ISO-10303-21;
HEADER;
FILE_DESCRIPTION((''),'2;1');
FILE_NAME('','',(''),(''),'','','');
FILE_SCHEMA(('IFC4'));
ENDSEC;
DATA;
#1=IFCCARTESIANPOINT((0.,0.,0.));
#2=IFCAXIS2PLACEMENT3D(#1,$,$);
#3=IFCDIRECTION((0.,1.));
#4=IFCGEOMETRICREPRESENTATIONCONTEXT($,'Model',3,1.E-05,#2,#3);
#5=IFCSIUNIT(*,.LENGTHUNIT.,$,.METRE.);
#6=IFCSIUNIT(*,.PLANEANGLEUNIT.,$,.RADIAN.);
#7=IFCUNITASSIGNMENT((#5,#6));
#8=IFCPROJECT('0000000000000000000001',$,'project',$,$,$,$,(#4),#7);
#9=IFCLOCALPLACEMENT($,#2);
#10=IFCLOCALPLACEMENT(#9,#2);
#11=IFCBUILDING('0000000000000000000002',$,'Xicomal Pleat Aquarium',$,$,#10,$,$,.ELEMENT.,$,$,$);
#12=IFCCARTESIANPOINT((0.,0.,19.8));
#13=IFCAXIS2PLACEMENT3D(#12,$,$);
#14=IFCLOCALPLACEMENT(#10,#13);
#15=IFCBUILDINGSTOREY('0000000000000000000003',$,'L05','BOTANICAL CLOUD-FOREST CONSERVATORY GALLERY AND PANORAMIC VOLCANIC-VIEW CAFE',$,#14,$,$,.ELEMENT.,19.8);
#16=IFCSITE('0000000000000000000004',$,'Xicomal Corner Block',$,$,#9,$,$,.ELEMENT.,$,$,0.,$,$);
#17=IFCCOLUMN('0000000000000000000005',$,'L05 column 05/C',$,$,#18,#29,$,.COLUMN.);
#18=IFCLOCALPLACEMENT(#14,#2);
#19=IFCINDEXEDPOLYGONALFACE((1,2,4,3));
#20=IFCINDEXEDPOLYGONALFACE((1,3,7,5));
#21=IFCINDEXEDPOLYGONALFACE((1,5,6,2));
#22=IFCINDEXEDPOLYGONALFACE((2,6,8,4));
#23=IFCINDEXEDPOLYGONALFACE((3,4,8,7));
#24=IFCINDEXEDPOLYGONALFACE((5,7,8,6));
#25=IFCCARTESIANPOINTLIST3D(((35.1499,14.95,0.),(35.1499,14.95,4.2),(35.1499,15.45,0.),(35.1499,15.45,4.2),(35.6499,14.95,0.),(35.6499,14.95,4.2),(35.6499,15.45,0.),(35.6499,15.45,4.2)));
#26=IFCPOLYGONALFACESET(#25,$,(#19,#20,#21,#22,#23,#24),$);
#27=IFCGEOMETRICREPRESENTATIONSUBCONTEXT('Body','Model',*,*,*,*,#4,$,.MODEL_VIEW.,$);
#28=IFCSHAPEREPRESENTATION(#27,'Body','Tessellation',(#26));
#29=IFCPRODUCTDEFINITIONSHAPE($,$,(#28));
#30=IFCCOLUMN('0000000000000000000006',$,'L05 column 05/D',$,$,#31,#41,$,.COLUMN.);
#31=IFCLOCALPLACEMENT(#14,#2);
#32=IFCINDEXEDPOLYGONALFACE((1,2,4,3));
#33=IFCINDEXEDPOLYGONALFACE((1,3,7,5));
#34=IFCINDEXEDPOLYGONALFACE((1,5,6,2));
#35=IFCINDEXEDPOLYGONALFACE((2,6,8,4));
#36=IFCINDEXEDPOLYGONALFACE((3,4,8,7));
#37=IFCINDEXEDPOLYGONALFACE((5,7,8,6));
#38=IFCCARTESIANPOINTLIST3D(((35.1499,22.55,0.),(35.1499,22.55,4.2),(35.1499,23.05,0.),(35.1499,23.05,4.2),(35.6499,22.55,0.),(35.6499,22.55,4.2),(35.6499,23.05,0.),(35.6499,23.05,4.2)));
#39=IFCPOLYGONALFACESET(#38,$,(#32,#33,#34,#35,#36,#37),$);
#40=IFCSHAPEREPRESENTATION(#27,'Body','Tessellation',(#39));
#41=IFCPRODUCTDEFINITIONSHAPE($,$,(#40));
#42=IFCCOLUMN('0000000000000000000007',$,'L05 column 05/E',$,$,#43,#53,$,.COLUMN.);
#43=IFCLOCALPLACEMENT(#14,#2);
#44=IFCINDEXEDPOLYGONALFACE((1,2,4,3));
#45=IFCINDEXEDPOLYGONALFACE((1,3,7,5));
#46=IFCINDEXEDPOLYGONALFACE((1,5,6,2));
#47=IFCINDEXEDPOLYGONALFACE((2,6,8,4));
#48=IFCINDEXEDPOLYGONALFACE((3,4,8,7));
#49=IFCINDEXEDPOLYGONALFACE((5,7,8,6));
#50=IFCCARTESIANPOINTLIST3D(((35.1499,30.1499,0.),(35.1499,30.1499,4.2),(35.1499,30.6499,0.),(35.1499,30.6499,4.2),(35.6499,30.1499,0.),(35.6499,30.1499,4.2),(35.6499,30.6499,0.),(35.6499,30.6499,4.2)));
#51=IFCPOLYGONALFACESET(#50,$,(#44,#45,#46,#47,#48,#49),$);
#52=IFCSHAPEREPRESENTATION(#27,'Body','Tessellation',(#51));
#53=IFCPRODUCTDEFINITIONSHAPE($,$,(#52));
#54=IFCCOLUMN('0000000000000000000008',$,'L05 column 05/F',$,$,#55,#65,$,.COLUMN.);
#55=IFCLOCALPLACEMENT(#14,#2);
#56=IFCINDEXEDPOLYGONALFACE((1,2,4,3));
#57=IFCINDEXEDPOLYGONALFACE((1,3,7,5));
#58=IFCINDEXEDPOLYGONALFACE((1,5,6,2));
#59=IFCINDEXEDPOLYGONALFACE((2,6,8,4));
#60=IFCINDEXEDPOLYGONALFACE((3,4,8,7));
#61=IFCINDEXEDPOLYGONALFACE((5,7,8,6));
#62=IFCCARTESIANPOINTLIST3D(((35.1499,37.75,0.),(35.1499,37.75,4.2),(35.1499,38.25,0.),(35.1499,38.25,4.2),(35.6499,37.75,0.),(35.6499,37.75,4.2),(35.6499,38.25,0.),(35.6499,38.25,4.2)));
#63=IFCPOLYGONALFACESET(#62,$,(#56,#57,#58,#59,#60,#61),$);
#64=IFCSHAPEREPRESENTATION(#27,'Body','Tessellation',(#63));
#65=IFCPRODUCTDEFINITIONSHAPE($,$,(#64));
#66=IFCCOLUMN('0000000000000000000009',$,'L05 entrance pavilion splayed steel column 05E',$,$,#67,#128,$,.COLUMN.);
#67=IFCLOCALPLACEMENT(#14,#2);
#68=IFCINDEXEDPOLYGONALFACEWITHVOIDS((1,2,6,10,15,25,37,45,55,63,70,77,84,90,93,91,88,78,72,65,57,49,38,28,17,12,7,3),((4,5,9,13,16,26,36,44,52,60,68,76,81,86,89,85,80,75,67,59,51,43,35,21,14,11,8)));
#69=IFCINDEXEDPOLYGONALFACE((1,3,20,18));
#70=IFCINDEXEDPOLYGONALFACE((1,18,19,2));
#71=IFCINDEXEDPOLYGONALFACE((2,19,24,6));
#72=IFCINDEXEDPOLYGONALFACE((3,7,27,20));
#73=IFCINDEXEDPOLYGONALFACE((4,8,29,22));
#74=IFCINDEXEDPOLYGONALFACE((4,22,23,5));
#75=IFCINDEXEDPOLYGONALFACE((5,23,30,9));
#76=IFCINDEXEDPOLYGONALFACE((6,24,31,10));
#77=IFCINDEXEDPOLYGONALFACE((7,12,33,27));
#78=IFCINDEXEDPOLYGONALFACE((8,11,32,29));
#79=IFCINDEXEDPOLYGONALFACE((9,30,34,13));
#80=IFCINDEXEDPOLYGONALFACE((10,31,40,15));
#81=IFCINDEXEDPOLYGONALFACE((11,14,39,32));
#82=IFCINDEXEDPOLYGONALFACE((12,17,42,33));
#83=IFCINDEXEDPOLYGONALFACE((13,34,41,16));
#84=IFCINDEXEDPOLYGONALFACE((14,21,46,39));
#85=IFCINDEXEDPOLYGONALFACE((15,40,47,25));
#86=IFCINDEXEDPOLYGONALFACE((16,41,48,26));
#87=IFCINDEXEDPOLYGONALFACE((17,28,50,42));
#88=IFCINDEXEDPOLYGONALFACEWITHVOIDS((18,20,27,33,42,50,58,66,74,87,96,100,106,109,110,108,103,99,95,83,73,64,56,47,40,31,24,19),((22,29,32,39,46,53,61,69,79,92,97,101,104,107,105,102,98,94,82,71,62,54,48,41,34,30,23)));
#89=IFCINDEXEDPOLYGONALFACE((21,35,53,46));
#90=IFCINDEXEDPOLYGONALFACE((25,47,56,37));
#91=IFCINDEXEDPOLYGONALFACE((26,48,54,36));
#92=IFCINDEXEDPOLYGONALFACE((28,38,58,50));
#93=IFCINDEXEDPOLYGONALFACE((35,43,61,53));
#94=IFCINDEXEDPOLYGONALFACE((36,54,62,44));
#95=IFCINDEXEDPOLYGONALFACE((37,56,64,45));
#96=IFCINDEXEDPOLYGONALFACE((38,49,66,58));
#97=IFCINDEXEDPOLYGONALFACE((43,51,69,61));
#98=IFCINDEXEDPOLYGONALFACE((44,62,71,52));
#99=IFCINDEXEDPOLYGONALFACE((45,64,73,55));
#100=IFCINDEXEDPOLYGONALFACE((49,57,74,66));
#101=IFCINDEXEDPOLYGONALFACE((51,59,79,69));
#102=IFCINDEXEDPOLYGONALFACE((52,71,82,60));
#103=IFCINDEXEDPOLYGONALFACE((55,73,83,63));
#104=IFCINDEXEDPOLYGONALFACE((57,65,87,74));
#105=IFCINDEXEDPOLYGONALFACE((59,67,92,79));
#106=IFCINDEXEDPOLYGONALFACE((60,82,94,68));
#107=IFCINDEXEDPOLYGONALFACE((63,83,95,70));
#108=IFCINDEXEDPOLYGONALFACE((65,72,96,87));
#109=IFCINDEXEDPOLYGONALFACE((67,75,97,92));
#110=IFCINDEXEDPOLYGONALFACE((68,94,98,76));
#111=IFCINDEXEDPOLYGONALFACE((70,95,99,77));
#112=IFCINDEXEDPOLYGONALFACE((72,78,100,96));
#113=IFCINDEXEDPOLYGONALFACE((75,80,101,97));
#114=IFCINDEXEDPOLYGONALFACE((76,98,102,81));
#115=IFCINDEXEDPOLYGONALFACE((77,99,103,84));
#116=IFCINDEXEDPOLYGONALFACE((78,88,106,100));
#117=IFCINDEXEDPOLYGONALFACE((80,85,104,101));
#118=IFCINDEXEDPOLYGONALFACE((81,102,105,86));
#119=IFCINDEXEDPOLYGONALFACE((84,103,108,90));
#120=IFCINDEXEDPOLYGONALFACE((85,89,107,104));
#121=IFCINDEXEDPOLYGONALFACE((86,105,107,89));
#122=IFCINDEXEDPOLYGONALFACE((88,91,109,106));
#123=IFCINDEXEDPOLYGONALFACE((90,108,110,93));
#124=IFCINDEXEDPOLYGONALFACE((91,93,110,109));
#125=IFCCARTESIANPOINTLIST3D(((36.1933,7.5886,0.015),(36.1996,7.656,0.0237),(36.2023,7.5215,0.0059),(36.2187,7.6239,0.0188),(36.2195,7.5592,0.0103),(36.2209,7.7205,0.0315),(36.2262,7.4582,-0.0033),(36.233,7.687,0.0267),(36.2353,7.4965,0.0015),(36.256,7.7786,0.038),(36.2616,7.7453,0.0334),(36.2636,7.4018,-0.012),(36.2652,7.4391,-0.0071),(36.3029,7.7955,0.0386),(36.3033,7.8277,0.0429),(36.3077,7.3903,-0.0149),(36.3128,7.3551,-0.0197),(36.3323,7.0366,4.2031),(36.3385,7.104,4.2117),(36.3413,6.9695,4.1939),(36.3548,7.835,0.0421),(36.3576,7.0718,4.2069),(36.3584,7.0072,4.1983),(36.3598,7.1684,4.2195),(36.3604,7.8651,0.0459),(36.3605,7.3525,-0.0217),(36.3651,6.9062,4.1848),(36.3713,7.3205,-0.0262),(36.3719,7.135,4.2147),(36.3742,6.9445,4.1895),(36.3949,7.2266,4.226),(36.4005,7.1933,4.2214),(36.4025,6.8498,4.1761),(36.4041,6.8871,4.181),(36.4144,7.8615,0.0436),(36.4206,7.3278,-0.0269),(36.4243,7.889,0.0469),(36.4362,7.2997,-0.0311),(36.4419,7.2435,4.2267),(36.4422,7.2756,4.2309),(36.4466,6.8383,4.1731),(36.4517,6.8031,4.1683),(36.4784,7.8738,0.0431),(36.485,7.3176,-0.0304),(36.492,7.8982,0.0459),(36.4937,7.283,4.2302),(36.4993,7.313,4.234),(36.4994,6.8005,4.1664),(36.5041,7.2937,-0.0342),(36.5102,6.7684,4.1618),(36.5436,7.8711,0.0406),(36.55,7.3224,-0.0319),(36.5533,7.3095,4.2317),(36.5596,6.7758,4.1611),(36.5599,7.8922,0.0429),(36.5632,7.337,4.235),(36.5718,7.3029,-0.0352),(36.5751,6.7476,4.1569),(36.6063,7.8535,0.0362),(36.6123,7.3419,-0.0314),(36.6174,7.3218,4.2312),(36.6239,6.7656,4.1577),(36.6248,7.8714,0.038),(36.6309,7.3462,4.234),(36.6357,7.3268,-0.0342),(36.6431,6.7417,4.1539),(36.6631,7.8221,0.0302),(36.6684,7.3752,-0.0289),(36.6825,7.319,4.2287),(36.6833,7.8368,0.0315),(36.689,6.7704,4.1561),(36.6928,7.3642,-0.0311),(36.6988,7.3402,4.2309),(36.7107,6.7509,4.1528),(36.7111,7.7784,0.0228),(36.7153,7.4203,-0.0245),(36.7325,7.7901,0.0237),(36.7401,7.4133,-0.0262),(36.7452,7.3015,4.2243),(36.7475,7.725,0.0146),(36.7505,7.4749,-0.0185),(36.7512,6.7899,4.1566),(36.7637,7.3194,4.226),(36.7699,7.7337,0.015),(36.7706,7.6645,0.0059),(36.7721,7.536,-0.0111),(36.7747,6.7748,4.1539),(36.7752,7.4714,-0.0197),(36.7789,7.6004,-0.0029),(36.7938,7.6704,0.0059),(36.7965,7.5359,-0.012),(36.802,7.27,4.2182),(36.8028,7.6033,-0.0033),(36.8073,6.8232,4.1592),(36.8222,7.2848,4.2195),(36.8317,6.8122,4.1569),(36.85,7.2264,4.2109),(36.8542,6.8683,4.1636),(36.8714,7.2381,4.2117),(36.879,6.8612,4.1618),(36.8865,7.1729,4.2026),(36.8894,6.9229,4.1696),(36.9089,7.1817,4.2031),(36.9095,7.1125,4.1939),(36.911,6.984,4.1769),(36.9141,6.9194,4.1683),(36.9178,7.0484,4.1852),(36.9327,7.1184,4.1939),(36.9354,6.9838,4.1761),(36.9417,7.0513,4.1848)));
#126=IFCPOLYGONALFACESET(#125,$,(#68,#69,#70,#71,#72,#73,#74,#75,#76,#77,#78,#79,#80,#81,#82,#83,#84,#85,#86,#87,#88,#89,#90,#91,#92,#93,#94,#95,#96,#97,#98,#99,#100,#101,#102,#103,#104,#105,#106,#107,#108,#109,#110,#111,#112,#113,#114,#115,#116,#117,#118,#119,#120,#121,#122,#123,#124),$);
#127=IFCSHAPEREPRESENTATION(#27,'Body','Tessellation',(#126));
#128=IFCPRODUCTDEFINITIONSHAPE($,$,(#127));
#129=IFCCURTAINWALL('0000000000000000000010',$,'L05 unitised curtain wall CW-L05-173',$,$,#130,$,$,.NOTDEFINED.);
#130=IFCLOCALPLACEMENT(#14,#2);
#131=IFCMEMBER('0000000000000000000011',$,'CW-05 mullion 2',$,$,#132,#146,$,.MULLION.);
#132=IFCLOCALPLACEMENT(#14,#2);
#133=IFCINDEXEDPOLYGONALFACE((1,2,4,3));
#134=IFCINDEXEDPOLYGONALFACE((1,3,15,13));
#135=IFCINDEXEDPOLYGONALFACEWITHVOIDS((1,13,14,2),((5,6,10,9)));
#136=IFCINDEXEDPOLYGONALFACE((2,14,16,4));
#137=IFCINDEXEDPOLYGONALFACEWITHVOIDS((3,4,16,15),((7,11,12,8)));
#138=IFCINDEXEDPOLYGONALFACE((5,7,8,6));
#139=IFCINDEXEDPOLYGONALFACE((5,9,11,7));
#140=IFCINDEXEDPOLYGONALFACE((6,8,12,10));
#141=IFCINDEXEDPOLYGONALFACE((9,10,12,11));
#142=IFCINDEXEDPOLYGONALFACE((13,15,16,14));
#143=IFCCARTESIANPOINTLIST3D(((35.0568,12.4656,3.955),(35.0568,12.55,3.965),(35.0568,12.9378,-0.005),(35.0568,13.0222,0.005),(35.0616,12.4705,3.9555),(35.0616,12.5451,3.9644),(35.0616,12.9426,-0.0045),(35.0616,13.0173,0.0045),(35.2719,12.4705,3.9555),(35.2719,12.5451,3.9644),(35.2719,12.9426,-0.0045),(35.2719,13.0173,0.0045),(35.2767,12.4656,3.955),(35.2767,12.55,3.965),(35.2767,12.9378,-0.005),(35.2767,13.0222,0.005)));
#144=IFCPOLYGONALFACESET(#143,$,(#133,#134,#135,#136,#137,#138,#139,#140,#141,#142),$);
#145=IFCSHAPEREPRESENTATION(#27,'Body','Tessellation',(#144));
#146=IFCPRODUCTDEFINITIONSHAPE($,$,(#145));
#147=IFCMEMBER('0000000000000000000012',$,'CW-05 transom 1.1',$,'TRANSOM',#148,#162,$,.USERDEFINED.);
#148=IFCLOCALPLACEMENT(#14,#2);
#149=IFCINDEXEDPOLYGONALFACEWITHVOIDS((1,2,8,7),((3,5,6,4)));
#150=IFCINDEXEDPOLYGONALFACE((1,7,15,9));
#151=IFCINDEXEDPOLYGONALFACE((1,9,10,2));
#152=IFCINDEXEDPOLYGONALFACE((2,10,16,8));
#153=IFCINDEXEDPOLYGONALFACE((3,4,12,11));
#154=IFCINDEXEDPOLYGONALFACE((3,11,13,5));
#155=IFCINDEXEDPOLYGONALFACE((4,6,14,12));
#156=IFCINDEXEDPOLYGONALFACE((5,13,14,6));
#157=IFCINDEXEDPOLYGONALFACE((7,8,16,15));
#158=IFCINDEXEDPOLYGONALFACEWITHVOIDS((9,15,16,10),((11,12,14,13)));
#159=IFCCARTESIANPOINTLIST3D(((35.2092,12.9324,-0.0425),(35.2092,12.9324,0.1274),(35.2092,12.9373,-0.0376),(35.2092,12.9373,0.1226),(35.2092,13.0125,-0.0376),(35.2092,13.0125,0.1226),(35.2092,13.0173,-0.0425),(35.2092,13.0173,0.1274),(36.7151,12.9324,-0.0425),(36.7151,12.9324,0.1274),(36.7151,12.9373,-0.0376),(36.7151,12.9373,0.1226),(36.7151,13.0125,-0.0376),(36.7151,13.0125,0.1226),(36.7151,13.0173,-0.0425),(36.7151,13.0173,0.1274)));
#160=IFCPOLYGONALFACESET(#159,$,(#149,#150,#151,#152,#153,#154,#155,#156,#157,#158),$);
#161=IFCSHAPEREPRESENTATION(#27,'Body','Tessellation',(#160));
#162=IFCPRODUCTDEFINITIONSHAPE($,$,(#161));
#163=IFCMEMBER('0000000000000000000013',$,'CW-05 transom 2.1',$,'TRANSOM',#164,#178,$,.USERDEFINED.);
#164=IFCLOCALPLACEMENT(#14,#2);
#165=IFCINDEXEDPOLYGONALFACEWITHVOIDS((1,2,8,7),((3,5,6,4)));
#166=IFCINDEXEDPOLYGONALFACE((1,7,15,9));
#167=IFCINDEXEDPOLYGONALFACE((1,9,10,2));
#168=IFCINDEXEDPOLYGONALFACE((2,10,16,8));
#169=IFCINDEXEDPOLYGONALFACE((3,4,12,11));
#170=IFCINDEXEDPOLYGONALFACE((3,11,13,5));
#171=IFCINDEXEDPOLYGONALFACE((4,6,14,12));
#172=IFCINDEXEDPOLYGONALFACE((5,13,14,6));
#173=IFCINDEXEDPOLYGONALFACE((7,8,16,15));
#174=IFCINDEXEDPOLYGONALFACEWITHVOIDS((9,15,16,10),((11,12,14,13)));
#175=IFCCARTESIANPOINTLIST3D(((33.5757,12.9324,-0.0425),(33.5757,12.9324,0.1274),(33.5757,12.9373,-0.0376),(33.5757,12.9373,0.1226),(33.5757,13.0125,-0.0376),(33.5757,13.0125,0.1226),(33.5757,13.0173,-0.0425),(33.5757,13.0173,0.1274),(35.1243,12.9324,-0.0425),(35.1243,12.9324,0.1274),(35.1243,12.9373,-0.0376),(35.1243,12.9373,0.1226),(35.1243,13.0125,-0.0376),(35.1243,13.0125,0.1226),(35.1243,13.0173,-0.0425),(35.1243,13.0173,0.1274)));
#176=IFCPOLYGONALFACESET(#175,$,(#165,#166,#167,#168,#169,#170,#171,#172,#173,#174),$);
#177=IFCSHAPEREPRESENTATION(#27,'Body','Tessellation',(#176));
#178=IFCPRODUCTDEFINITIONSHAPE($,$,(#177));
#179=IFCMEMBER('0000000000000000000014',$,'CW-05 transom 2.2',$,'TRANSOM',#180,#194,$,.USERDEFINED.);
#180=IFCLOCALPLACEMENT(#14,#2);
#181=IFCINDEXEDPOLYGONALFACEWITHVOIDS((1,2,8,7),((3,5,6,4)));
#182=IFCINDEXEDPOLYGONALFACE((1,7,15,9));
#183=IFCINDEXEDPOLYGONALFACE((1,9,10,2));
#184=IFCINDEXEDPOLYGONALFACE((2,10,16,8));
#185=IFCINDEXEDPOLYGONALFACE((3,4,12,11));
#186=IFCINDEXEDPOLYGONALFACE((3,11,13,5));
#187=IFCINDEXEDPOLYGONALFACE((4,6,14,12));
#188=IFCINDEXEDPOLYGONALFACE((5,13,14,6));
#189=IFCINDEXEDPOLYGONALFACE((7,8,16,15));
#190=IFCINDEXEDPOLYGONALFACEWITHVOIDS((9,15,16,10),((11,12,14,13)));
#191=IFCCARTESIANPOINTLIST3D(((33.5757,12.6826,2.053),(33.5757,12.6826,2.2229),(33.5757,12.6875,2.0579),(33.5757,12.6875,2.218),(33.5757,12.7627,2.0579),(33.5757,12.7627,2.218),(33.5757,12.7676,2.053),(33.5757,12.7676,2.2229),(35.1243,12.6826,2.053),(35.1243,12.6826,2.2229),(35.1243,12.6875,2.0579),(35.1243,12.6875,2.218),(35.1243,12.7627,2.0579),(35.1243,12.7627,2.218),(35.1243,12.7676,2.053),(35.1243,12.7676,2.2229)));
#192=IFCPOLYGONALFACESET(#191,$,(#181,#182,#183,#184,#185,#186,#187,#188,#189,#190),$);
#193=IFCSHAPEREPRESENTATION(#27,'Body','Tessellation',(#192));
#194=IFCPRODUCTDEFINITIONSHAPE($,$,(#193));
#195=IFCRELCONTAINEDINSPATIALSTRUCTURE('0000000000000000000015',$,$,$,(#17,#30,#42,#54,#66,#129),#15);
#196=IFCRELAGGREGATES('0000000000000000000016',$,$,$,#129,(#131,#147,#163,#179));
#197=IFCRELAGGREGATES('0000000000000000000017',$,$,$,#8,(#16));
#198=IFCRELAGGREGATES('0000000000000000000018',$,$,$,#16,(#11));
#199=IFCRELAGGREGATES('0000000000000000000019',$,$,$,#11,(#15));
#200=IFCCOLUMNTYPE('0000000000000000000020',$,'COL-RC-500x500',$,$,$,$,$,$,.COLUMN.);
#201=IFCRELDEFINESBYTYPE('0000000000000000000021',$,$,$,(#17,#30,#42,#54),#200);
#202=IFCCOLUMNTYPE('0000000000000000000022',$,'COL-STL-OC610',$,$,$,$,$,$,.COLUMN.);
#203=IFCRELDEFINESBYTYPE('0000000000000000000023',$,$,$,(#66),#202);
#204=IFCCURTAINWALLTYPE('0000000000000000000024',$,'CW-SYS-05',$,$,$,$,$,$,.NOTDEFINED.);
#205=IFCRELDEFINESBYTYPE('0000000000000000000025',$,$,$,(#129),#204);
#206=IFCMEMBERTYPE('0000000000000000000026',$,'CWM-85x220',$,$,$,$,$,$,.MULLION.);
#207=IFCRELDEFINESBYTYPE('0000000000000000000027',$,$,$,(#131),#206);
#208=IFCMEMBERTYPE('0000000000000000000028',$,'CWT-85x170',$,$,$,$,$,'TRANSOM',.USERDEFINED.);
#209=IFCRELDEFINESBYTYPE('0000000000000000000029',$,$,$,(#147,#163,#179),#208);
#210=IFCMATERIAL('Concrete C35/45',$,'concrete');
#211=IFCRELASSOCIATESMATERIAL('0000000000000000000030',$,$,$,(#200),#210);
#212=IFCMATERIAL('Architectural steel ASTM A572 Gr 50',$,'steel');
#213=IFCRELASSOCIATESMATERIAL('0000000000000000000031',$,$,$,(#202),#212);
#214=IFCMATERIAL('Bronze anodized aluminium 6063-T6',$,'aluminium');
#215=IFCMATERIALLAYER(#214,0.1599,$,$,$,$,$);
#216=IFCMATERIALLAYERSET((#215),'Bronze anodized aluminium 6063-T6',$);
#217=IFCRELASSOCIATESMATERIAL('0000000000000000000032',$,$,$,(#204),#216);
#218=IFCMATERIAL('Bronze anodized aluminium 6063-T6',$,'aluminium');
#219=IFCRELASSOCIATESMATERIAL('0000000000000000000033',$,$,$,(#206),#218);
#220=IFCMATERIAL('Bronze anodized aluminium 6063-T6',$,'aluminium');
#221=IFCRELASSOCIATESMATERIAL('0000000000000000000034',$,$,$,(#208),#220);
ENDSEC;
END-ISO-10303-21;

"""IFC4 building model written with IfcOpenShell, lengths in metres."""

from ifc_helpers import new_model, si_unit, direction, frame, origin, origin_2d, place, context, subcontext, project, spatial, rectangle, hollow_rectangle, hollow_circle, extrude, material, layer, layer_set, material_profile, profile_set, type_object, element, aggregate, save


model = new_model("IFC4")

# Units and contexts
model_context = context("Model", 3, precision=1e-05, world=origin(), true_north=direction((0.0, 1.0)))
body_context = subcontext(model_context, "Body", "Model", "MODEL_VIEW")
ifc_project = project(units=[si_unit("LENGTHUNIT", "METRE"), si_unit("PLANEANGLEUNIT", "RADIAN")], contexts=[model_context])

# Site, building, storey
site_placement = place(None, origin())
site = spatial("IfcSite", under=ifc_project, at=site_placement, Name="Xicomal Corner Block", CompositionType="ELEMENT", RefElevation=0.0)
building_placement = place(site_placement, origin())
building = spatial("IfcBuilding", under=site, at=building_placement, Name="Xicomal Pleat Aquarium", CompositionType="ELEMENT")
storey_placement = place(building_placement, frame((0.0, 0.0, 19.8)))
storey = spatial("IfcBuildingStorey", under=building, at=storey_placement, Name="L05", Description="BOTANICAL CLOUD-FOREST CONSERVATORY GALLERY AND PANORAMIC VOLCANIC-VIEW CAFE", CompositionType="ELEMENT", Elevation=19.8)

# Columns
ifc_material_1 = material(Name="Concrete C35/45", Category="concrete")
ifc_material_profile_1 = material_profile(ifc_material_1, rectangle(XDim=0.5, YDim=0.5, at=origin_2d()), Name="RC 500x500")
ifc_profile_set_1 = profile_set([ifc_material_profile_1], Name="Concrete C35/45")
column_type_1 = type_object("IfcColumnType", Name="COL-RC-500x500", PredefinedType="COLUMN", material=ifc_profile_set_1)
for number, where, z_axis, x_axis, name in (
    (1, (35.3999, 15.2, 0.0), (0.0, 0.0, 1.0), (1.0, 0.0, 0.0), "L05 column 05/C"),
    (2, (35.3999, 22.8, 0.0), (0.0, 0.0, 1.0), (1.0, 0.0, 0.0), "L05 column 05/D"),
    (3, (35.3999, 30.3999, 0.0), (0.0, 0.0, 1.0), (1.0, 0.0, 0.0), "L05 column 05/E"),
    (4, (35.3999, 38.0, 0.0), (0.0, 0.0, 1.0), (1.0, 0.0, 0.0), "L05 column 05/F"),
):
    element("IfcColumn", number, at=place(storey_placement, frame(where, z_axis=z_axis, x_axis=x_axis)), inside=storey, type_object=column_type_1, Name=name, PredefinedType="COLUMN", context=body_context, shape_type="SweptSolid", body=[
        extrude(rectangle(XDim=0.5, YDim=0.5, at=origin_2d()), origin(), (0.0, 0.0, 1.0), 4.2),
    ])
ifc_material_2 = material(Name="Architectural steel ASTM A572 Gr 50", Category="steel")
ifc_material_profile_2 = material_profile(ifc_material_2, hollow_circle(Radius=0.3049, WallThickness=0.0239, at=origin_2d()), Name="OC 610x24")
ifc_profile_set_2 = profile_set([ifc_material_profile_2], Name="Architectural steel ASTM A572 Gr 50")
column_type_2 = type_object("IfcColumnType", Name="COL-STL-OC610", PredefinedType="COLUMN", material=ifc_profile_set_2)
column_placement = place(storey_placement, frame((36.498, 7.5959, 0.0059), z_axis=(0.032868, -0.130605, 0.990889), x_axis=(0.969763, 0.244049, 0.0)))
element("IfcColumn", 5, at=column_placement, inside=storey, type_object=column_type_2, Name="L05 entrance pavilion splayed steel column 05E", PredefinedType="COLUMN", context=body_context, shape_type="SweptSolid", body=[
    extrude(hollow_circle(Radius=0.3049, WallThickness=0.0239, at=origin_2d()), origin(), (0.0, 0.0, 1.0), 4.2266),
])

# Curtain wall, members
ifc_material_3 = material(Name="Bronze anodized aluminium 6063-T6", Category="aluminium")
ifc_layer_1 = layer(ifc_material_3, 0.1599)
ifc_layer_set_1 = layer_set([ifc_layer_1], Name="Bronze anodized aluminium 6063-T6")
curtain_wall_type = type_object("IfcCurtainWallType", Name="CW-SYS-05", PredefinedType="NOTDEFINED", material=ifc_layer_set_1)
curtain_wall_placement = place(storey_placement, origin())
curtain_wall = element("IfcCurtainWall", 6, at=curtain_wall_placement, inside=storey, type_object=curtain_wall_type, Name="L05 unitised curtain wall CW-L05-173", PredefinedType="NOTDEFINED")
ifc_material_4 = material(Name="Bronze anodized aluminium 6063-T6", Category="aluminium")
ifc_material_profile_3 = material_profile(ifc_material_4, hollow_rectangle(XDim=0.085, YDim=0.22, WallThickness=0.0049, at=origin_2d()), Name="ALU MULL 85x220")
ifc_profile_set_3 = profile_set([ifc_material_profile_3], Name="Bronze anodized aluminium 6063-T6")
member_type_1 = type_object("IfcMemberType", Name="CWM-85x220", PredefinedType="MULLION", material=ifc_profile_set_3)
member_1_placement = place(storey_placement, frame((35.1667, 12.98, 0.0), z_axis=(0.0, -0.118397, 0.992966), x_axis=(0.0, -0.992966, -0.118397)))
member_1 = element("IfcMember", 7, at=member_1_placement, type_object=member_type_1, Name="CW-05 mullion 2", PredefinedType="MULLION", context=body_context, shape_type="SweptSolid", body=[
    extrude(hollow_rectangle(XDim=0.085, YDim=0.22, WallThickness=0.0049, at=origin_2d()), origin(), (0.0, 0.0, 1.0), 3.988),
])
ifc_material_5 = material(Name="Bronze anodized aluminium 6063-T6", Category="aluminium")
ifc_material_profile_4 = material_profile(ifc_material_5, hollow_rectangle(XDim=0.085, YDim=0.1699, WallThickness=0.0049, at=origin_2d()), Name="ALU TRAN 85x170")
ifc_profile_set_4 = profile_set([ifc_material_profile_4], Name="Bronze anodized aluminium 6063-T6")
member_type_2 = type_object("IfcMemberType", Name="CWT-85x170", ElementType="TRANSOM", PredefinedType="USERDEFINED", material=ifc_profile_set_4)
member_2_placement = place(storey_placement, frame((36.7151, 12.9749, 0.0425), z_axis=(-1.0, 0.0, 0.0), x_axis=(0.0, -1.0, 0.0)))
member_2 = element("IfcMember", 8, at=member_2_placement, type_object=member_type_2, Name="CW-05 transom 1.1", ObjectType="TRANSOM", PredefinedType="USERDEFINED", context=body_context, shape_type="SweptSolid", body=[
    extrude(hollow_rectangle(XDim=0.085, YDim=0.1699, WallThickness=0.0049, at=origin_2d()), origin(), (0.0, 0.0, 1.0), 1.5059),
])
member_3_placement = place(storey_placement, frame((35.1243, 12.9749, 0.0425), z_axis=(-1.0, 0.0, 0.0), x_axis=(0.0, -1.0, 0.0)))
member_3 = element("IfcMember", 9, at=member_3_placement, type_object=member_type_2, Name="CW-05 transom 2.1", ObjectType="TRANSOM", PredefinedType="USERDEFINED", context=body_context, shape_type="SweptSolid", body=[
    extrude(hollow_rectangle(XDim=0.085, YDim=0.1699, WallThickness=0.0049, at=origin_2d()), origin(), (0.0, 0.0, 1.0), 1.5486),
])
member_4_placement = place(storey_placement, frame((35.1243, 12.7251, 2.1379), z_axis=(-1.0, 0.0, 0.0), x_axis=(0.0, -1.0, 0.0)))
member_4 = element("IfcMember", 10, at=member_4_placement, type_object=member_type_2, Name="CW-05 transom 2.2", ObjectType="TRANSOM", PredefinedType="USERDEFINED", context=body_context, shape_type="SweptSolid", body=[
    extrude(hollow_rectangle(XDim=0.085, YDim=0.1699, WallThickness=0.0049, at=origin_2d()), origin(), (0.0, 0.0, 1.0), 1.5486),
])
aggregate(curtain_wall, [member_1, member_2, member_3, member_4])

save(model, "model.ifc")
